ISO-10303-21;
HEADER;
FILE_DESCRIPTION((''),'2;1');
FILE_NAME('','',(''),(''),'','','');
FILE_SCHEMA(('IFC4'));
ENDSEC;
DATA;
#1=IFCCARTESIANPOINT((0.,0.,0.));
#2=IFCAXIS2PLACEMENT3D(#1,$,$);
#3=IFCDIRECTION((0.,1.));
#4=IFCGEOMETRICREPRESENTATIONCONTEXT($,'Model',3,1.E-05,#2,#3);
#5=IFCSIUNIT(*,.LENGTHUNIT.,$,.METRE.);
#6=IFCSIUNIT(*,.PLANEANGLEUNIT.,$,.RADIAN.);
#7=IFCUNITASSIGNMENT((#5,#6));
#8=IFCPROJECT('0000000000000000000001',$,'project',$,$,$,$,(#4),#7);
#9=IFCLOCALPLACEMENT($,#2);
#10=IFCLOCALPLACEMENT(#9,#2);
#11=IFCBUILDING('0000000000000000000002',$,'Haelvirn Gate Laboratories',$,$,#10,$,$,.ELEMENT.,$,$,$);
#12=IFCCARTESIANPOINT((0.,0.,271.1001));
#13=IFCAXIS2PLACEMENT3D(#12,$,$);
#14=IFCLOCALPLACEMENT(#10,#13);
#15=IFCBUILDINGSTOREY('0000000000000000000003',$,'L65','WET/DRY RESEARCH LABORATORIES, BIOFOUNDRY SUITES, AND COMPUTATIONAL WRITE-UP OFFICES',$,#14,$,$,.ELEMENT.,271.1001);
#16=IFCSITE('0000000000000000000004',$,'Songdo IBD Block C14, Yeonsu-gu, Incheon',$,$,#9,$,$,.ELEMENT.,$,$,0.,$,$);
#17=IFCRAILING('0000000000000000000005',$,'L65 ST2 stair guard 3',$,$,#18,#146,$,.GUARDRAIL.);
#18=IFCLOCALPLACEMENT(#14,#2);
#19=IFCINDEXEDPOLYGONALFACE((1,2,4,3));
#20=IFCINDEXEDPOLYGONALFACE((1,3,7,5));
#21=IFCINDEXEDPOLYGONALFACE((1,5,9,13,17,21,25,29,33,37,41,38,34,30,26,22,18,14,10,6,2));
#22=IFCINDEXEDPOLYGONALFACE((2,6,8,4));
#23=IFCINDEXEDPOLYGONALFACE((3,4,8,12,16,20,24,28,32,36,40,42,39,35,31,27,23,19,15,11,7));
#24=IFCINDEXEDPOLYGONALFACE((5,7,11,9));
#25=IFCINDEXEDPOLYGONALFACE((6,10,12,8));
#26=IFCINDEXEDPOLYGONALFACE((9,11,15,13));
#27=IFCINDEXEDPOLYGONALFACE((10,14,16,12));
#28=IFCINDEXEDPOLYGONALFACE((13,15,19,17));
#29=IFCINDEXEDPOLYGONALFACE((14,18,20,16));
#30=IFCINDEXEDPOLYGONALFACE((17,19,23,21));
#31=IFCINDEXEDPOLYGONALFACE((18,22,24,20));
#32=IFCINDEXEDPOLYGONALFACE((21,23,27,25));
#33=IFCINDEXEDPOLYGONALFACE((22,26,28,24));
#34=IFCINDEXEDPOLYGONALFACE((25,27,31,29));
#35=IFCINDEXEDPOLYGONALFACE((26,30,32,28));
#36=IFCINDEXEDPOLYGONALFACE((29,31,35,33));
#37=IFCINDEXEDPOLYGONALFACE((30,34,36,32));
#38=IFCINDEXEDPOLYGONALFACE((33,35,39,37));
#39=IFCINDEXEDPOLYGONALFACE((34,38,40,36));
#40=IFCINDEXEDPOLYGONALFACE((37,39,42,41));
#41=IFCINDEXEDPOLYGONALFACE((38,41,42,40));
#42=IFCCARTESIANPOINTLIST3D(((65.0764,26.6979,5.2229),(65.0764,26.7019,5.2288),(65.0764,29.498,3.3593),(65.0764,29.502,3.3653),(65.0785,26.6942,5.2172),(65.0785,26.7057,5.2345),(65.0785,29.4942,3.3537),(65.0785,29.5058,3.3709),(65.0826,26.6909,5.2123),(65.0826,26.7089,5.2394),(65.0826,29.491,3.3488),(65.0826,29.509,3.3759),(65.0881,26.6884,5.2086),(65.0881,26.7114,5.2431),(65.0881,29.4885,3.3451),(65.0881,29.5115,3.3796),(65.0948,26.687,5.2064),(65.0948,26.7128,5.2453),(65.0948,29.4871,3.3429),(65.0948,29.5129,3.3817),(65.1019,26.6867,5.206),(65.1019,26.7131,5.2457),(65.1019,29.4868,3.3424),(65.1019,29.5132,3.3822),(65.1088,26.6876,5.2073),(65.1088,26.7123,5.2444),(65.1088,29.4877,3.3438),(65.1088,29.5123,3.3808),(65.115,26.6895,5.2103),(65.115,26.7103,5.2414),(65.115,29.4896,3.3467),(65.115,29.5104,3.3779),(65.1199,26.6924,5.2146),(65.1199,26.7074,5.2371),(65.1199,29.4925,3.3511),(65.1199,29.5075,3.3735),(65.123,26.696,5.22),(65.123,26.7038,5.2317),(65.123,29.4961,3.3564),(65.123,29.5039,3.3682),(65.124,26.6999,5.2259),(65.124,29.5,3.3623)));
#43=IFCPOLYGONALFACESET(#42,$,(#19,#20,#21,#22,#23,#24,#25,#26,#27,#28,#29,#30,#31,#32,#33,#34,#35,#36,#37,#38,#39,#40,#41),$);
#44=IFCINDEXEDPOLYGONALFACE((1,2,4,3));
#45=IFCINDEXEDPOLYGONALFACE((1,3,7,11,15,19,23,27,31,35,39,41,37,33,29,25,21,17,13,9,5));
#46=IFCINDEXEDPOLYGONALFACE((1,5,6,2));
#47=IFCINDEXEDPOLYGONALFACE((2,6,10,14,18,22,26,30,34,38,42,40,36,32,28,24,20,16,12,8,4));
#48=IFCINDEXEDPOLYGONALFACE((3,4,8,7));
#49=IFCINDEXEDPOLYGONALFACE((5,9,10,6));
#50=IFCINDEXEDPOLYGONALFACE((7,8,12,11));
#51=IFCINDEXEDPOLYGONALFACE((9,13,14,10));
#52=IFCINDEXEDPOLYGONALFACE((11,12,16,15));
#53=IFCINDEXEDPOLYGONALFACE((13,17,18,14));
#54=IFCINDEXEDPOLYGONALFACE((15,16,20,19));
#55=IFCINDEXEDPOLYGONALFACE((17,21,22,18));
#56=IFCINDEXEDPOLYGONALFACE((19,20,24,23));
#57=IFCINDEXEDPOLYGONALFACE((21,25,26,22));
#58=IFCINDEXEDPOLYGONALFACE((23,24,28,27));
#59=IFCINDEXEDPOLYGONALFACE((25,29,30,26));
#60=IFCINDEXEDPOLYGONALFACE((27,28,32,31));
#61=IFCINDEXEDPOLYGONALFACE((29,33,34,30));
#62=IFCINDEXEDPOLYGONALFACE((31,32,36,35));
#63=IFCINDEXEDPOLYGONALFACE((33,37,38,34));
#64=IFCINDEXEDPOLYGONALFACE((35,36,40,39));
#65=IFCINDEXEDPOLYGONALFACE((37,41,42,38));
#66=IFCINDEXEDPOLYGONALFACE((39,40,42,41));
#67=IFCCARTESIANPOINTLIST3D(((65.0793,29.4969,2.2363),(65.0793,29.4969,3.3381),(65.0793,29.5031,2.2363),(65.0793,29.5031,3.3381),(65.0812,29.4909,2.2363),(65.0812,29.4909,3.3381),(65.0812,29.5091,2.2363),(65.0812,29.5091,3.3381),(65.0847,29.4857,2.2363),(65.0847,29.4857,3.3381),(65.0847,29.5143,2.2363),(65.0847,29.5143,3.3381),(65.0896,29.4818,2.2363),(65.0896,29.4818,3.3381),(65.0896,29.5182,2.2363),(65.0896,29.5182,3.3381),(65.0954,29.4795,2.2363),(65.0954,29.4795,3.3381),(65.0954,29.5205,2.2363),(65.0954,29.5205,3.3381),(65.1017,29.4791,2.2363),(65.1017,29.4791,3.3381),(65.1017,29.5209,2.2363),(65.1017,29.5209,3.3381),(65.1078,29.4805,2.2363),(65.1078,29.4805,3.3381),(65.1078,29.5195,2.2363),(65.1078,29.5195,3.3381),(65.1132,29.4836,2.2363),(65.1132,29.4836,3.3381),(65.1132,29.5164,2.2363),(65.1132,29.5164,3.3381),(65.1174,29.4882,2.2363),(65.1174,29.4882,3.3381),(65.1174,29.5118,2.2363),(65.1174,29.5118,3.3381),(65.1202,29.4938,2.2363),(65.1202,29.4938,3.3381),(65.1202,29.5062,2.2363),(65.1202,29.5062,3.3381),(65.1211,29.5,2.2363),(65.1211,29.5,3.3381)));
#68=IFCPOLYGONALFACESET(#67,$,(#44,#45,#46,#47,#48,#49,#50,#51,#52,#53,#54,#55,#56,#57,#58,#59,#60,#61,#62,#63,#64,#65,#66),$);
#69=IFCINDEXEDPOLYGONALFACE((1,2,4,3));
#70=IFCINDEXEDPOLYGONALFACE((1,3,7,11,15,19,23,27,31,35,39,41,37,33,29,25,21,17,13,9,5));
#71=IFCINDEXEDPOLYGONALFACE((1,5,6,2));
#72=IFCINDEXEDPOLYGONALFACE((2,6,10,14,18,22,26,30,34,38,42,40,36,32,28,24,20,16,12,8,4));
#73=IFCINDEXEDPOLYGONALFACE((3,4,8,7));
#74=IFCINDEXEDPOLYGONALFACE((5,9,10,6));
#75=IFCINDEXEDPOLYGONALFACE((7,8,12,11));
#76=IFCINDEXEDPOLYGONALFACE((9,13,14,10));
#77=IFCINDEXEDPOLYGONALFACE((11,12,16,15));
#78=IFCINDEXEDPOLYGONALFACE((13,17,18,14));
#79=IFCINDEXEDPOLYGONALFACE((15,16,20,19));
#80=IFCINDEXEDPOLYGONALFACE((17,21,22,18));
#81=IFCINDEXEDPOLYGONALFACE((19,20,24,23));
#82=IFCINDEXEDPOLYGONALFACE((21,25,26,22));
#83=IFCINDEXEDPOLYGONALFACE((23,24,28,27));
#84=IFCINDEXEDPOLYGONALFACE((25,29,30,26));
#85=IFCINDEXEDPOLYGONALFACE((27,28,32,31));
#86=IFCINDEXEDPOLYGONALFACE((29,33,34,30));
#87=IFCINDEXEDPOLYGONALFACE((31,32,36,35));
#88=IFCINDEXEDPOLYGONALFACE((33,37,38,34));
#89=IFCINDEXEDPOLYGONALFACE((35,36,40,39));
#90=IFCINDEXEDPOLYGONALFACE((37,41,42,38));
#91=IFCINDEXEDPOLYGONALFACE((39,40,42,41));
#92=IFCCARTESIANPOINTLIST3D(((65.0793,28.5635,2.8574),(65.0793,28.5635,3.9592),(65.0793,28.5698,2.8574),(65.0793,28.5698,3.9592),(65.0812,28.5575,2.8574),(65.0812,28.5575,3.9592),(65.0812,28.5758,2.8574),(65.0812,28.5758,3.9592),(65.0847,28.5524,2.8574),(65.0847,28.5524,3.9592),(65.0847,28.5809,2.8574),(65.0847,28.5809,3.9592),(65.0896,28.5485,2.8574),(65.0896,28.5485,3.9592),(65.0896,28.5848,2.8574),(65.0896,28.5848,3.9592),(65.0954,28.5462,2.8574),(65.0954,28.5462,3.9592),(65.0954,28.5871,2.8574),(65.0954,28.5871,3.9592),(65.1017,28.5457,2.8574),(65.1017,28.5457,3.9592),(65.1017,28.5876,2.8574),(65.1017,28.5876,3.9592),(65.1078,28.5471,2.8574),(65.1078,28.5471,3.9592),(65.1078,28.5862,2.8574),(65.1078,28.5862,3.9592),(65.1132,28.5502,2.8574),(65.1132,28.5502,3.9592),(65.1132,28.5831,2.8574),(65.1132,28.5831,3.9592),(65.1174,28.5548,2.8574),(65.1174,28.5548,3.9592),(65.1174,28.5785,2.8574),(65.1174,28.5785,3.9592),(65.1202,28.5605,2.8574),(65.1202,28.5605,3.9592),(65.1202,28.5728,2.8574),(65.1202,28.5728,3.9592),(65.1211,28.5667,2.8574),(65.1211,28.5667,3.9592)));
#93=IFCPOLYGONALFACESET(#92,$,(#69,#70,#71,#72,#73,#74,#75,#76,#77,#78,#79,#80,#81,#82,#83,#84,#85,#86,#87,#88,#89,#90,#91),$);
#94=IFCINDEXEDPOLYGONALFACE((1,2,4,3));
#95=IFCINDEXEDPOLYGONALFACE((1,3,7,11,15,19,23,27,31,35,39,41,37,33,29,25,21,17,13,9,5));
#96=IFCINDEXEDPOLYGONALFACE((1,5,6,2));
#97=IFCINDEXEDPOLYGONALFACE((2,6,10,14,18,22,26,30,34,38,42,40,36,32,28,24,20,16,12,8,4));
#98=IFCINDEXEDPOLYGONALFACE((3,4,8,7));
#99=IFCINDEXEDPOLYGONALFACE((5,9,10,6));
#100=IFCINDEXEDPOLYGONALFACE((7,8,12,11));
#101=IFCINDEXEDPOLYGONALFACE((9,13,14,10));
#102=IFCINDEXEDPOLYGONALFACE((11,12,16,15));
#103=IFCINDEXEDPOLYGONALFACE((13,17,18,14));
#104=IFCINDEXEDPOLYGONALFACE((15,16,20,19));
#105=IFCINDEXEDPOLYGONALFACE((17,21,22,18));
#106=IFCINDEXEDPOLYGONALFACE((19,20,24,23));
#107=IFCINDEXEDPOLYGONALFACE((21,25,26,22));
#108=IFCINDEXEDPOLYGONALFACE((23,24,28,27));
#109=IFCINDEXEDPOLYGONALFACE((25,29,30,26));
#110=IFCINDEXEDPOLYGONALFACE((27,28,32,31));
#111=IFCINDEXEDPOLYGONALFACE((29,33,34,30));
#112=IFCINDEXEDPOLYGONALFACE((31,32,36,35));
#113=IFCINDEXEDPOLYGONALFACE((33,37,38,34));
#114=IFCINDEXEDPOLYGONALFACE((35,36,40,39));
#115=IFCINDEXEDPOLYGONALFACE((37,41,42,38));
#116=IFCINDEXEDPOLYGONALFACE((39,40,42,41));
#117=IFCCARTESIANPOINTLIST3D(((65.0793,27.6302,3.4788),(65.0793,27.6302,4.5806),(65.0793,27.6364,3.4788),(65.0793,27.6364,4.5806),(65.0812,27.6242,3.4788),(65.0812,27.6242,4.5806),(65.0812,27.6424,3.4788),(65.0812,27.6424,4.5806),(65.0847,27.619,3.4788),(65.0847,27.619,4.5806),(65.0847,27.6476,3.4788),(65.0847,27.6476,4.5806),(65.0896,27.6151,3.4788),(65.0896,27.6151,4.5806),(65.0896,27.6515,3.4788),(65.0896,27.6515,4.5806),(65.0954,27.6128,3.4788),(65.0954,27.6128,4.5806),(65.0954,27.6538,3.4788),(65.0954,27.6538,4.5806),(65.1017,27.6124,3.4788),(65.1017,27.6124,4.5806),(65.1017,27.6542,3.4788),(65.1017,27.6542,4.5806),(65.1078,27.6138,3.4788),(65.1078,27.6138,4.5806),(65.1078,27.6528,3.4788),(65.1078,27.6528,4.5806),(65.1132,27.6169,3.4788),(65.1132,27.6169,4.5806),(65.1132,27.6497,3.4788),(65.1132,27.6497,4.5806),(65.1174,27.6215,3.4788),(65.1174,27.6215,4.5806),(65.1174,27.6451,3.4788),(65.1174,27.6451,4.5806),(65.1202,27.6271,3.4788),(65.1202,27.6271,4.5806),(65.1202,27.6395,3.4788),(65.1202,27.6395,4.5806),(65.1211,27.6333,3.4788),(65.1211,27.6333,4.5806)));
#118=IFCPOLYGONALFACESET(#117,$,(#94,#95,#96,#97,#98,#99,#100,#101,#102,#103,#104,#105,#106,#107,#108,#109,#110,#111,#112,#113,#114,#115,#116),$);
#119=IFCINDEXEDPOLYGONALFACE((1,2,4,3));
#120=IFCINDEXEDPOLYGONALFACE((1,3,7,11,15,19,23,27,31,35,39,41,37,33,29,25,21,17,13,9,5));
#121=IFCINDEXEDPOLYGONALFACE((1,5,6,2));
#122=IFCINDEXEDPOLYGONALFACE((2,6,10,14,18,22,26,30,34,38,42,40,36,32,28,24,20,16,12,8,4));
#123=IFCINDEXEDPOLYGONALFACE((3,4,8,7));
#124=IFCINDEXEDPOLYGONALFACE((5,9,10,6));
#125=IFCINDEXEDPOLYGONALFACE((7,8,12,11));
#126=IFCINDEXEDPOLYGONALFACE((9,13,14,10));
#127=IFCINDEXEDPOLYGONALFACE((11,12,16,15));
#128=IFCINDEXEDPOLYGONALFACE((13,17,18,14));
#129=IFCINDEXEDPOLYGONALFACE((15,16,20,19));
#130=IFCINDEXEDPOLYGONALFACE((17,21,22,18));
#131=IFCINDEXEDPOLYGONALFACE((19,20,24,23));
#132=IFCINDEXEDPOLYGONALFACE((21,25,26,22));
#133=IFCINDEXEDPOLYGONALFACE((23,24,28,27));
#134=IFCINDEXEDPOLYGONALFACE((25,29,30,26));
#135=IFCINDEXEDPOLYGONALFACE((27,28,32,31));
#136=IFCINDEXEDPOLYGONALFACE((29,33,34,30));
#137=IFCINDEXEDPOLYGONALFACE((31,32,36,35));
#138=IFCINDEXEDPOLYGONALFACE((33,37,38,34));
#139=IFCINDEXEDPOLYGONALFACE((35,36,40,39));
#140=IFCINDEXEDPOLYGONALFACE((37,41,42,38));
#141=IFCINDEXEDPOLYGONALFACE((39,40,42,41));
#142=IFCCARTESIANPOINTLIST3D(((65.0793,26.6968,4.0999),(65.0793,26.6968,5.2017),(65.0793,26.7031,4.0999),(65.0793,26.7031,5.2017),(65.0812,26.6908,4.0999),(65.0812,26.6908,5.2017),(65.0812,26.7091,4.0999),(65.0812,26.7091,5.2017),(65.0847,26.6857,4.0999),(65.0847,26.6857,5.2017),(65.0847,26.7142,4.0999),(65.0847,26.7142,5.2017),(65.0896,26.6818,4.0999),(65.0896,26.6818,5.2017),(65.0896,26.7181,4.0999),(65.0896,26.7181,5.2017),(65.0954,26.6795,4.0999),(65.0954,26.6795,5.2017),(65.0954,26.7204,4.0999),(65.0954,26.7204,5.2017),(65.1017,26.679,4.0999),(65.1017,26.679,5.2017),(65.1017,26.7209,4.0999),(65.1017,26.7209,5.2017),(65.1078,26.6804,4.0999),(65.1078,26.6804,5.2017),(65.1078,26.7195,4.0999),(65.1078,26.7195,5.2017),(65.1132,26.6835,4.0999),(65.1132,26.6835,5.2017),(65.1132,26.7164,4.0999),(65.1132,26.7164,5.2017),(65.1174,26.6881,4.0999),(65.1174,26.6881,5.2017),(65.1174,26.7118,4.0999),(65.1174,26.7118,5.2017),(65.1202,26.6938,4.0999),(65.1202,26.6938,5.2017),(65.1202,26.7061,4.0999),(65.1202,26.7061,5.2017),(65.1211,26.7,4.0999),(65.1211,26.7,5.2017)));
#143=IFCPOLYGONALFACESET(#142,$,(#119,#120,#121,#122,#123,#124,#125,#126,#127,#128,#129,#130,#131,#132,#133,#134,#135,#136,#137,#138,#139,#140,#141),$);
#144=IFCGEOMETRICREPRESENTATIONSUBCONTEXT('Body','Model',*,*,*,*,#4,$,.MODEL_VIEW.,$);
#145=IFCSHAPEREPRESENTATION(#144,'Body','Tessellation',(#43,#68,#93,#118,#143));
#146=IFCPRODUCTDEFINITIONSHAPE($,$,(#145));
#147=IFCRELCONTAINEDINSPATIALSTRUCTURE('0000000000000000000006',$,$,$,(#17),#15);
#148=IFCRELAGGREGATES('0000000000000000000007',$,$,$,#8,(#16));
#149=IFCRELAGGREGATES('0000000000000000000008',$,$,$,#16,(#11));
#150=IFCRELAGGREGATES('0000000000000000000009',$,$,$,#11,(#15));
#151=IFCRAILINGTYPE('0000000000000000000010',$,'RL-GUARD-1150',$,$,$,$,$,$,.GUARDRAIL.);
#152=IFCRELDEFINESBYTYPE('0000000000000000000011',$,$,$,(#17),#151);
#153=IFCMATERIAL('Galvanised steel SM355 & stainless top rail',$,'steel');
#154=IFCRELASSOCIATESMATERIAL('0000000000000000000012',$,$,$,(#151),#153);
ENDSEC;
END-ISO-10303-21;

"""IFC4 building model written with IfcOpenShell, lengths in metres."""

from ifc_helpers import new_model, si_unit, direction, frame, origin, origin_2d, place, context, subcontext, project, spatial, circle, extrude, source, transform, mapped, material, type_object, element, save


model = new_model("IFC4")

# Units and contexts
model_context = context("Model", 3, precision=1e-05, world=origin(), true_north=direction((0.0, 1.0)))
body_context = subcontext(model_context, "Body", "Model", "MODEL_VIEW")
ifc_project = project(units=[si_unit("LENGTHUNIT", "METRE"), si_unit("PLANEANGLEUNIT", "RADIAN")], contexts=[model_context])

# Site, building, storey
site_placement = place(None, origin())
site = spatial("IfcSite", under=ifc_project, at=site_placement, Name="Songdo IBD Block C14, Yeonsu-gu, Incheon", CompositionType="ELEMENT", RefElevation=0.0)
building_placement = place(site_placement, origin())
building = spatial("IfcBuilding", under=site, at=building_placement, Name="Haelvirn Gate Laboratories", CompositionType="ELEMENT")
storey_placement = place(building_placement, frame((0.0, 0.0, 271.1001)))
storey = spatial("IfcBuildingStorey", under=building, at=storey_placement, Name="L65", Description="WET/DRY RESEARCH LABORATORIES, BIOFOUNDRY SUITES, AND COMPUTATIONAL WRITE-UP OFFICES", CompositionType="ELEMENT", Elevation=271.1001)

# Railing
ifc_material_1 = material(Name="Galvanised steel SM355 & stainless top rail", Category="steel")
railing_type_1 = type_object("IfcRailingType", Name="RL-GUARD-1150", PredefinedType="GUARDRAIL", material=ifc_material_1)
shared_shape_1 = source(origin(), body_context, "Body", "SweptSolid", [
    extrude(circle(Radius=0.0239, at=origin_2d()), frame((0.0, 0.0, 1.126), z_axis=(0.0, -0.832486, 0.554047), x_axis=(1.0, 0.0, 0.0)), (0.0, 0.0, 1.0), 3.3635),
    extrude(circle(Radius=0.021, at=origin_2d()), origin(), (0.0, 0.0, 1.0), 1.1018),
    extrude(circle(Radius=0.021, at=origin_2d()), frame((0.0, -0.9333, 0.6211)), (0.0, 0.0, 1.0), 1.1018),
    extrude(circle(Radius=0.021, at=origin_2d()), frame((0.0, -1.8667, 1.2424)), (0.0, 0.0, 1.0), 1.1018),
    extrude(circle(Radius=0.021, at=origin_2d()), frame((0.0, -2.8, 1.8635)), (0.0, 0.0, 1.0), 1.1018),
])
railing_1_placement = place(storey_placement, frame((65.1001, 29.5, 2.2363)))
element("IfcRailing", 1, at=railing_1_placement, inside=storey, type_object=railing_type_1, Name="L65 ST2 stair guard 3", PredefinedType="GUARDRAIL", context=body_context, shape_type="MappedRepresentation", body=[
    mapped(shared_shape_1, transform((0.0, 0.0, 0.0), scale=1.0)),
])

save(model, "model.ifc")
